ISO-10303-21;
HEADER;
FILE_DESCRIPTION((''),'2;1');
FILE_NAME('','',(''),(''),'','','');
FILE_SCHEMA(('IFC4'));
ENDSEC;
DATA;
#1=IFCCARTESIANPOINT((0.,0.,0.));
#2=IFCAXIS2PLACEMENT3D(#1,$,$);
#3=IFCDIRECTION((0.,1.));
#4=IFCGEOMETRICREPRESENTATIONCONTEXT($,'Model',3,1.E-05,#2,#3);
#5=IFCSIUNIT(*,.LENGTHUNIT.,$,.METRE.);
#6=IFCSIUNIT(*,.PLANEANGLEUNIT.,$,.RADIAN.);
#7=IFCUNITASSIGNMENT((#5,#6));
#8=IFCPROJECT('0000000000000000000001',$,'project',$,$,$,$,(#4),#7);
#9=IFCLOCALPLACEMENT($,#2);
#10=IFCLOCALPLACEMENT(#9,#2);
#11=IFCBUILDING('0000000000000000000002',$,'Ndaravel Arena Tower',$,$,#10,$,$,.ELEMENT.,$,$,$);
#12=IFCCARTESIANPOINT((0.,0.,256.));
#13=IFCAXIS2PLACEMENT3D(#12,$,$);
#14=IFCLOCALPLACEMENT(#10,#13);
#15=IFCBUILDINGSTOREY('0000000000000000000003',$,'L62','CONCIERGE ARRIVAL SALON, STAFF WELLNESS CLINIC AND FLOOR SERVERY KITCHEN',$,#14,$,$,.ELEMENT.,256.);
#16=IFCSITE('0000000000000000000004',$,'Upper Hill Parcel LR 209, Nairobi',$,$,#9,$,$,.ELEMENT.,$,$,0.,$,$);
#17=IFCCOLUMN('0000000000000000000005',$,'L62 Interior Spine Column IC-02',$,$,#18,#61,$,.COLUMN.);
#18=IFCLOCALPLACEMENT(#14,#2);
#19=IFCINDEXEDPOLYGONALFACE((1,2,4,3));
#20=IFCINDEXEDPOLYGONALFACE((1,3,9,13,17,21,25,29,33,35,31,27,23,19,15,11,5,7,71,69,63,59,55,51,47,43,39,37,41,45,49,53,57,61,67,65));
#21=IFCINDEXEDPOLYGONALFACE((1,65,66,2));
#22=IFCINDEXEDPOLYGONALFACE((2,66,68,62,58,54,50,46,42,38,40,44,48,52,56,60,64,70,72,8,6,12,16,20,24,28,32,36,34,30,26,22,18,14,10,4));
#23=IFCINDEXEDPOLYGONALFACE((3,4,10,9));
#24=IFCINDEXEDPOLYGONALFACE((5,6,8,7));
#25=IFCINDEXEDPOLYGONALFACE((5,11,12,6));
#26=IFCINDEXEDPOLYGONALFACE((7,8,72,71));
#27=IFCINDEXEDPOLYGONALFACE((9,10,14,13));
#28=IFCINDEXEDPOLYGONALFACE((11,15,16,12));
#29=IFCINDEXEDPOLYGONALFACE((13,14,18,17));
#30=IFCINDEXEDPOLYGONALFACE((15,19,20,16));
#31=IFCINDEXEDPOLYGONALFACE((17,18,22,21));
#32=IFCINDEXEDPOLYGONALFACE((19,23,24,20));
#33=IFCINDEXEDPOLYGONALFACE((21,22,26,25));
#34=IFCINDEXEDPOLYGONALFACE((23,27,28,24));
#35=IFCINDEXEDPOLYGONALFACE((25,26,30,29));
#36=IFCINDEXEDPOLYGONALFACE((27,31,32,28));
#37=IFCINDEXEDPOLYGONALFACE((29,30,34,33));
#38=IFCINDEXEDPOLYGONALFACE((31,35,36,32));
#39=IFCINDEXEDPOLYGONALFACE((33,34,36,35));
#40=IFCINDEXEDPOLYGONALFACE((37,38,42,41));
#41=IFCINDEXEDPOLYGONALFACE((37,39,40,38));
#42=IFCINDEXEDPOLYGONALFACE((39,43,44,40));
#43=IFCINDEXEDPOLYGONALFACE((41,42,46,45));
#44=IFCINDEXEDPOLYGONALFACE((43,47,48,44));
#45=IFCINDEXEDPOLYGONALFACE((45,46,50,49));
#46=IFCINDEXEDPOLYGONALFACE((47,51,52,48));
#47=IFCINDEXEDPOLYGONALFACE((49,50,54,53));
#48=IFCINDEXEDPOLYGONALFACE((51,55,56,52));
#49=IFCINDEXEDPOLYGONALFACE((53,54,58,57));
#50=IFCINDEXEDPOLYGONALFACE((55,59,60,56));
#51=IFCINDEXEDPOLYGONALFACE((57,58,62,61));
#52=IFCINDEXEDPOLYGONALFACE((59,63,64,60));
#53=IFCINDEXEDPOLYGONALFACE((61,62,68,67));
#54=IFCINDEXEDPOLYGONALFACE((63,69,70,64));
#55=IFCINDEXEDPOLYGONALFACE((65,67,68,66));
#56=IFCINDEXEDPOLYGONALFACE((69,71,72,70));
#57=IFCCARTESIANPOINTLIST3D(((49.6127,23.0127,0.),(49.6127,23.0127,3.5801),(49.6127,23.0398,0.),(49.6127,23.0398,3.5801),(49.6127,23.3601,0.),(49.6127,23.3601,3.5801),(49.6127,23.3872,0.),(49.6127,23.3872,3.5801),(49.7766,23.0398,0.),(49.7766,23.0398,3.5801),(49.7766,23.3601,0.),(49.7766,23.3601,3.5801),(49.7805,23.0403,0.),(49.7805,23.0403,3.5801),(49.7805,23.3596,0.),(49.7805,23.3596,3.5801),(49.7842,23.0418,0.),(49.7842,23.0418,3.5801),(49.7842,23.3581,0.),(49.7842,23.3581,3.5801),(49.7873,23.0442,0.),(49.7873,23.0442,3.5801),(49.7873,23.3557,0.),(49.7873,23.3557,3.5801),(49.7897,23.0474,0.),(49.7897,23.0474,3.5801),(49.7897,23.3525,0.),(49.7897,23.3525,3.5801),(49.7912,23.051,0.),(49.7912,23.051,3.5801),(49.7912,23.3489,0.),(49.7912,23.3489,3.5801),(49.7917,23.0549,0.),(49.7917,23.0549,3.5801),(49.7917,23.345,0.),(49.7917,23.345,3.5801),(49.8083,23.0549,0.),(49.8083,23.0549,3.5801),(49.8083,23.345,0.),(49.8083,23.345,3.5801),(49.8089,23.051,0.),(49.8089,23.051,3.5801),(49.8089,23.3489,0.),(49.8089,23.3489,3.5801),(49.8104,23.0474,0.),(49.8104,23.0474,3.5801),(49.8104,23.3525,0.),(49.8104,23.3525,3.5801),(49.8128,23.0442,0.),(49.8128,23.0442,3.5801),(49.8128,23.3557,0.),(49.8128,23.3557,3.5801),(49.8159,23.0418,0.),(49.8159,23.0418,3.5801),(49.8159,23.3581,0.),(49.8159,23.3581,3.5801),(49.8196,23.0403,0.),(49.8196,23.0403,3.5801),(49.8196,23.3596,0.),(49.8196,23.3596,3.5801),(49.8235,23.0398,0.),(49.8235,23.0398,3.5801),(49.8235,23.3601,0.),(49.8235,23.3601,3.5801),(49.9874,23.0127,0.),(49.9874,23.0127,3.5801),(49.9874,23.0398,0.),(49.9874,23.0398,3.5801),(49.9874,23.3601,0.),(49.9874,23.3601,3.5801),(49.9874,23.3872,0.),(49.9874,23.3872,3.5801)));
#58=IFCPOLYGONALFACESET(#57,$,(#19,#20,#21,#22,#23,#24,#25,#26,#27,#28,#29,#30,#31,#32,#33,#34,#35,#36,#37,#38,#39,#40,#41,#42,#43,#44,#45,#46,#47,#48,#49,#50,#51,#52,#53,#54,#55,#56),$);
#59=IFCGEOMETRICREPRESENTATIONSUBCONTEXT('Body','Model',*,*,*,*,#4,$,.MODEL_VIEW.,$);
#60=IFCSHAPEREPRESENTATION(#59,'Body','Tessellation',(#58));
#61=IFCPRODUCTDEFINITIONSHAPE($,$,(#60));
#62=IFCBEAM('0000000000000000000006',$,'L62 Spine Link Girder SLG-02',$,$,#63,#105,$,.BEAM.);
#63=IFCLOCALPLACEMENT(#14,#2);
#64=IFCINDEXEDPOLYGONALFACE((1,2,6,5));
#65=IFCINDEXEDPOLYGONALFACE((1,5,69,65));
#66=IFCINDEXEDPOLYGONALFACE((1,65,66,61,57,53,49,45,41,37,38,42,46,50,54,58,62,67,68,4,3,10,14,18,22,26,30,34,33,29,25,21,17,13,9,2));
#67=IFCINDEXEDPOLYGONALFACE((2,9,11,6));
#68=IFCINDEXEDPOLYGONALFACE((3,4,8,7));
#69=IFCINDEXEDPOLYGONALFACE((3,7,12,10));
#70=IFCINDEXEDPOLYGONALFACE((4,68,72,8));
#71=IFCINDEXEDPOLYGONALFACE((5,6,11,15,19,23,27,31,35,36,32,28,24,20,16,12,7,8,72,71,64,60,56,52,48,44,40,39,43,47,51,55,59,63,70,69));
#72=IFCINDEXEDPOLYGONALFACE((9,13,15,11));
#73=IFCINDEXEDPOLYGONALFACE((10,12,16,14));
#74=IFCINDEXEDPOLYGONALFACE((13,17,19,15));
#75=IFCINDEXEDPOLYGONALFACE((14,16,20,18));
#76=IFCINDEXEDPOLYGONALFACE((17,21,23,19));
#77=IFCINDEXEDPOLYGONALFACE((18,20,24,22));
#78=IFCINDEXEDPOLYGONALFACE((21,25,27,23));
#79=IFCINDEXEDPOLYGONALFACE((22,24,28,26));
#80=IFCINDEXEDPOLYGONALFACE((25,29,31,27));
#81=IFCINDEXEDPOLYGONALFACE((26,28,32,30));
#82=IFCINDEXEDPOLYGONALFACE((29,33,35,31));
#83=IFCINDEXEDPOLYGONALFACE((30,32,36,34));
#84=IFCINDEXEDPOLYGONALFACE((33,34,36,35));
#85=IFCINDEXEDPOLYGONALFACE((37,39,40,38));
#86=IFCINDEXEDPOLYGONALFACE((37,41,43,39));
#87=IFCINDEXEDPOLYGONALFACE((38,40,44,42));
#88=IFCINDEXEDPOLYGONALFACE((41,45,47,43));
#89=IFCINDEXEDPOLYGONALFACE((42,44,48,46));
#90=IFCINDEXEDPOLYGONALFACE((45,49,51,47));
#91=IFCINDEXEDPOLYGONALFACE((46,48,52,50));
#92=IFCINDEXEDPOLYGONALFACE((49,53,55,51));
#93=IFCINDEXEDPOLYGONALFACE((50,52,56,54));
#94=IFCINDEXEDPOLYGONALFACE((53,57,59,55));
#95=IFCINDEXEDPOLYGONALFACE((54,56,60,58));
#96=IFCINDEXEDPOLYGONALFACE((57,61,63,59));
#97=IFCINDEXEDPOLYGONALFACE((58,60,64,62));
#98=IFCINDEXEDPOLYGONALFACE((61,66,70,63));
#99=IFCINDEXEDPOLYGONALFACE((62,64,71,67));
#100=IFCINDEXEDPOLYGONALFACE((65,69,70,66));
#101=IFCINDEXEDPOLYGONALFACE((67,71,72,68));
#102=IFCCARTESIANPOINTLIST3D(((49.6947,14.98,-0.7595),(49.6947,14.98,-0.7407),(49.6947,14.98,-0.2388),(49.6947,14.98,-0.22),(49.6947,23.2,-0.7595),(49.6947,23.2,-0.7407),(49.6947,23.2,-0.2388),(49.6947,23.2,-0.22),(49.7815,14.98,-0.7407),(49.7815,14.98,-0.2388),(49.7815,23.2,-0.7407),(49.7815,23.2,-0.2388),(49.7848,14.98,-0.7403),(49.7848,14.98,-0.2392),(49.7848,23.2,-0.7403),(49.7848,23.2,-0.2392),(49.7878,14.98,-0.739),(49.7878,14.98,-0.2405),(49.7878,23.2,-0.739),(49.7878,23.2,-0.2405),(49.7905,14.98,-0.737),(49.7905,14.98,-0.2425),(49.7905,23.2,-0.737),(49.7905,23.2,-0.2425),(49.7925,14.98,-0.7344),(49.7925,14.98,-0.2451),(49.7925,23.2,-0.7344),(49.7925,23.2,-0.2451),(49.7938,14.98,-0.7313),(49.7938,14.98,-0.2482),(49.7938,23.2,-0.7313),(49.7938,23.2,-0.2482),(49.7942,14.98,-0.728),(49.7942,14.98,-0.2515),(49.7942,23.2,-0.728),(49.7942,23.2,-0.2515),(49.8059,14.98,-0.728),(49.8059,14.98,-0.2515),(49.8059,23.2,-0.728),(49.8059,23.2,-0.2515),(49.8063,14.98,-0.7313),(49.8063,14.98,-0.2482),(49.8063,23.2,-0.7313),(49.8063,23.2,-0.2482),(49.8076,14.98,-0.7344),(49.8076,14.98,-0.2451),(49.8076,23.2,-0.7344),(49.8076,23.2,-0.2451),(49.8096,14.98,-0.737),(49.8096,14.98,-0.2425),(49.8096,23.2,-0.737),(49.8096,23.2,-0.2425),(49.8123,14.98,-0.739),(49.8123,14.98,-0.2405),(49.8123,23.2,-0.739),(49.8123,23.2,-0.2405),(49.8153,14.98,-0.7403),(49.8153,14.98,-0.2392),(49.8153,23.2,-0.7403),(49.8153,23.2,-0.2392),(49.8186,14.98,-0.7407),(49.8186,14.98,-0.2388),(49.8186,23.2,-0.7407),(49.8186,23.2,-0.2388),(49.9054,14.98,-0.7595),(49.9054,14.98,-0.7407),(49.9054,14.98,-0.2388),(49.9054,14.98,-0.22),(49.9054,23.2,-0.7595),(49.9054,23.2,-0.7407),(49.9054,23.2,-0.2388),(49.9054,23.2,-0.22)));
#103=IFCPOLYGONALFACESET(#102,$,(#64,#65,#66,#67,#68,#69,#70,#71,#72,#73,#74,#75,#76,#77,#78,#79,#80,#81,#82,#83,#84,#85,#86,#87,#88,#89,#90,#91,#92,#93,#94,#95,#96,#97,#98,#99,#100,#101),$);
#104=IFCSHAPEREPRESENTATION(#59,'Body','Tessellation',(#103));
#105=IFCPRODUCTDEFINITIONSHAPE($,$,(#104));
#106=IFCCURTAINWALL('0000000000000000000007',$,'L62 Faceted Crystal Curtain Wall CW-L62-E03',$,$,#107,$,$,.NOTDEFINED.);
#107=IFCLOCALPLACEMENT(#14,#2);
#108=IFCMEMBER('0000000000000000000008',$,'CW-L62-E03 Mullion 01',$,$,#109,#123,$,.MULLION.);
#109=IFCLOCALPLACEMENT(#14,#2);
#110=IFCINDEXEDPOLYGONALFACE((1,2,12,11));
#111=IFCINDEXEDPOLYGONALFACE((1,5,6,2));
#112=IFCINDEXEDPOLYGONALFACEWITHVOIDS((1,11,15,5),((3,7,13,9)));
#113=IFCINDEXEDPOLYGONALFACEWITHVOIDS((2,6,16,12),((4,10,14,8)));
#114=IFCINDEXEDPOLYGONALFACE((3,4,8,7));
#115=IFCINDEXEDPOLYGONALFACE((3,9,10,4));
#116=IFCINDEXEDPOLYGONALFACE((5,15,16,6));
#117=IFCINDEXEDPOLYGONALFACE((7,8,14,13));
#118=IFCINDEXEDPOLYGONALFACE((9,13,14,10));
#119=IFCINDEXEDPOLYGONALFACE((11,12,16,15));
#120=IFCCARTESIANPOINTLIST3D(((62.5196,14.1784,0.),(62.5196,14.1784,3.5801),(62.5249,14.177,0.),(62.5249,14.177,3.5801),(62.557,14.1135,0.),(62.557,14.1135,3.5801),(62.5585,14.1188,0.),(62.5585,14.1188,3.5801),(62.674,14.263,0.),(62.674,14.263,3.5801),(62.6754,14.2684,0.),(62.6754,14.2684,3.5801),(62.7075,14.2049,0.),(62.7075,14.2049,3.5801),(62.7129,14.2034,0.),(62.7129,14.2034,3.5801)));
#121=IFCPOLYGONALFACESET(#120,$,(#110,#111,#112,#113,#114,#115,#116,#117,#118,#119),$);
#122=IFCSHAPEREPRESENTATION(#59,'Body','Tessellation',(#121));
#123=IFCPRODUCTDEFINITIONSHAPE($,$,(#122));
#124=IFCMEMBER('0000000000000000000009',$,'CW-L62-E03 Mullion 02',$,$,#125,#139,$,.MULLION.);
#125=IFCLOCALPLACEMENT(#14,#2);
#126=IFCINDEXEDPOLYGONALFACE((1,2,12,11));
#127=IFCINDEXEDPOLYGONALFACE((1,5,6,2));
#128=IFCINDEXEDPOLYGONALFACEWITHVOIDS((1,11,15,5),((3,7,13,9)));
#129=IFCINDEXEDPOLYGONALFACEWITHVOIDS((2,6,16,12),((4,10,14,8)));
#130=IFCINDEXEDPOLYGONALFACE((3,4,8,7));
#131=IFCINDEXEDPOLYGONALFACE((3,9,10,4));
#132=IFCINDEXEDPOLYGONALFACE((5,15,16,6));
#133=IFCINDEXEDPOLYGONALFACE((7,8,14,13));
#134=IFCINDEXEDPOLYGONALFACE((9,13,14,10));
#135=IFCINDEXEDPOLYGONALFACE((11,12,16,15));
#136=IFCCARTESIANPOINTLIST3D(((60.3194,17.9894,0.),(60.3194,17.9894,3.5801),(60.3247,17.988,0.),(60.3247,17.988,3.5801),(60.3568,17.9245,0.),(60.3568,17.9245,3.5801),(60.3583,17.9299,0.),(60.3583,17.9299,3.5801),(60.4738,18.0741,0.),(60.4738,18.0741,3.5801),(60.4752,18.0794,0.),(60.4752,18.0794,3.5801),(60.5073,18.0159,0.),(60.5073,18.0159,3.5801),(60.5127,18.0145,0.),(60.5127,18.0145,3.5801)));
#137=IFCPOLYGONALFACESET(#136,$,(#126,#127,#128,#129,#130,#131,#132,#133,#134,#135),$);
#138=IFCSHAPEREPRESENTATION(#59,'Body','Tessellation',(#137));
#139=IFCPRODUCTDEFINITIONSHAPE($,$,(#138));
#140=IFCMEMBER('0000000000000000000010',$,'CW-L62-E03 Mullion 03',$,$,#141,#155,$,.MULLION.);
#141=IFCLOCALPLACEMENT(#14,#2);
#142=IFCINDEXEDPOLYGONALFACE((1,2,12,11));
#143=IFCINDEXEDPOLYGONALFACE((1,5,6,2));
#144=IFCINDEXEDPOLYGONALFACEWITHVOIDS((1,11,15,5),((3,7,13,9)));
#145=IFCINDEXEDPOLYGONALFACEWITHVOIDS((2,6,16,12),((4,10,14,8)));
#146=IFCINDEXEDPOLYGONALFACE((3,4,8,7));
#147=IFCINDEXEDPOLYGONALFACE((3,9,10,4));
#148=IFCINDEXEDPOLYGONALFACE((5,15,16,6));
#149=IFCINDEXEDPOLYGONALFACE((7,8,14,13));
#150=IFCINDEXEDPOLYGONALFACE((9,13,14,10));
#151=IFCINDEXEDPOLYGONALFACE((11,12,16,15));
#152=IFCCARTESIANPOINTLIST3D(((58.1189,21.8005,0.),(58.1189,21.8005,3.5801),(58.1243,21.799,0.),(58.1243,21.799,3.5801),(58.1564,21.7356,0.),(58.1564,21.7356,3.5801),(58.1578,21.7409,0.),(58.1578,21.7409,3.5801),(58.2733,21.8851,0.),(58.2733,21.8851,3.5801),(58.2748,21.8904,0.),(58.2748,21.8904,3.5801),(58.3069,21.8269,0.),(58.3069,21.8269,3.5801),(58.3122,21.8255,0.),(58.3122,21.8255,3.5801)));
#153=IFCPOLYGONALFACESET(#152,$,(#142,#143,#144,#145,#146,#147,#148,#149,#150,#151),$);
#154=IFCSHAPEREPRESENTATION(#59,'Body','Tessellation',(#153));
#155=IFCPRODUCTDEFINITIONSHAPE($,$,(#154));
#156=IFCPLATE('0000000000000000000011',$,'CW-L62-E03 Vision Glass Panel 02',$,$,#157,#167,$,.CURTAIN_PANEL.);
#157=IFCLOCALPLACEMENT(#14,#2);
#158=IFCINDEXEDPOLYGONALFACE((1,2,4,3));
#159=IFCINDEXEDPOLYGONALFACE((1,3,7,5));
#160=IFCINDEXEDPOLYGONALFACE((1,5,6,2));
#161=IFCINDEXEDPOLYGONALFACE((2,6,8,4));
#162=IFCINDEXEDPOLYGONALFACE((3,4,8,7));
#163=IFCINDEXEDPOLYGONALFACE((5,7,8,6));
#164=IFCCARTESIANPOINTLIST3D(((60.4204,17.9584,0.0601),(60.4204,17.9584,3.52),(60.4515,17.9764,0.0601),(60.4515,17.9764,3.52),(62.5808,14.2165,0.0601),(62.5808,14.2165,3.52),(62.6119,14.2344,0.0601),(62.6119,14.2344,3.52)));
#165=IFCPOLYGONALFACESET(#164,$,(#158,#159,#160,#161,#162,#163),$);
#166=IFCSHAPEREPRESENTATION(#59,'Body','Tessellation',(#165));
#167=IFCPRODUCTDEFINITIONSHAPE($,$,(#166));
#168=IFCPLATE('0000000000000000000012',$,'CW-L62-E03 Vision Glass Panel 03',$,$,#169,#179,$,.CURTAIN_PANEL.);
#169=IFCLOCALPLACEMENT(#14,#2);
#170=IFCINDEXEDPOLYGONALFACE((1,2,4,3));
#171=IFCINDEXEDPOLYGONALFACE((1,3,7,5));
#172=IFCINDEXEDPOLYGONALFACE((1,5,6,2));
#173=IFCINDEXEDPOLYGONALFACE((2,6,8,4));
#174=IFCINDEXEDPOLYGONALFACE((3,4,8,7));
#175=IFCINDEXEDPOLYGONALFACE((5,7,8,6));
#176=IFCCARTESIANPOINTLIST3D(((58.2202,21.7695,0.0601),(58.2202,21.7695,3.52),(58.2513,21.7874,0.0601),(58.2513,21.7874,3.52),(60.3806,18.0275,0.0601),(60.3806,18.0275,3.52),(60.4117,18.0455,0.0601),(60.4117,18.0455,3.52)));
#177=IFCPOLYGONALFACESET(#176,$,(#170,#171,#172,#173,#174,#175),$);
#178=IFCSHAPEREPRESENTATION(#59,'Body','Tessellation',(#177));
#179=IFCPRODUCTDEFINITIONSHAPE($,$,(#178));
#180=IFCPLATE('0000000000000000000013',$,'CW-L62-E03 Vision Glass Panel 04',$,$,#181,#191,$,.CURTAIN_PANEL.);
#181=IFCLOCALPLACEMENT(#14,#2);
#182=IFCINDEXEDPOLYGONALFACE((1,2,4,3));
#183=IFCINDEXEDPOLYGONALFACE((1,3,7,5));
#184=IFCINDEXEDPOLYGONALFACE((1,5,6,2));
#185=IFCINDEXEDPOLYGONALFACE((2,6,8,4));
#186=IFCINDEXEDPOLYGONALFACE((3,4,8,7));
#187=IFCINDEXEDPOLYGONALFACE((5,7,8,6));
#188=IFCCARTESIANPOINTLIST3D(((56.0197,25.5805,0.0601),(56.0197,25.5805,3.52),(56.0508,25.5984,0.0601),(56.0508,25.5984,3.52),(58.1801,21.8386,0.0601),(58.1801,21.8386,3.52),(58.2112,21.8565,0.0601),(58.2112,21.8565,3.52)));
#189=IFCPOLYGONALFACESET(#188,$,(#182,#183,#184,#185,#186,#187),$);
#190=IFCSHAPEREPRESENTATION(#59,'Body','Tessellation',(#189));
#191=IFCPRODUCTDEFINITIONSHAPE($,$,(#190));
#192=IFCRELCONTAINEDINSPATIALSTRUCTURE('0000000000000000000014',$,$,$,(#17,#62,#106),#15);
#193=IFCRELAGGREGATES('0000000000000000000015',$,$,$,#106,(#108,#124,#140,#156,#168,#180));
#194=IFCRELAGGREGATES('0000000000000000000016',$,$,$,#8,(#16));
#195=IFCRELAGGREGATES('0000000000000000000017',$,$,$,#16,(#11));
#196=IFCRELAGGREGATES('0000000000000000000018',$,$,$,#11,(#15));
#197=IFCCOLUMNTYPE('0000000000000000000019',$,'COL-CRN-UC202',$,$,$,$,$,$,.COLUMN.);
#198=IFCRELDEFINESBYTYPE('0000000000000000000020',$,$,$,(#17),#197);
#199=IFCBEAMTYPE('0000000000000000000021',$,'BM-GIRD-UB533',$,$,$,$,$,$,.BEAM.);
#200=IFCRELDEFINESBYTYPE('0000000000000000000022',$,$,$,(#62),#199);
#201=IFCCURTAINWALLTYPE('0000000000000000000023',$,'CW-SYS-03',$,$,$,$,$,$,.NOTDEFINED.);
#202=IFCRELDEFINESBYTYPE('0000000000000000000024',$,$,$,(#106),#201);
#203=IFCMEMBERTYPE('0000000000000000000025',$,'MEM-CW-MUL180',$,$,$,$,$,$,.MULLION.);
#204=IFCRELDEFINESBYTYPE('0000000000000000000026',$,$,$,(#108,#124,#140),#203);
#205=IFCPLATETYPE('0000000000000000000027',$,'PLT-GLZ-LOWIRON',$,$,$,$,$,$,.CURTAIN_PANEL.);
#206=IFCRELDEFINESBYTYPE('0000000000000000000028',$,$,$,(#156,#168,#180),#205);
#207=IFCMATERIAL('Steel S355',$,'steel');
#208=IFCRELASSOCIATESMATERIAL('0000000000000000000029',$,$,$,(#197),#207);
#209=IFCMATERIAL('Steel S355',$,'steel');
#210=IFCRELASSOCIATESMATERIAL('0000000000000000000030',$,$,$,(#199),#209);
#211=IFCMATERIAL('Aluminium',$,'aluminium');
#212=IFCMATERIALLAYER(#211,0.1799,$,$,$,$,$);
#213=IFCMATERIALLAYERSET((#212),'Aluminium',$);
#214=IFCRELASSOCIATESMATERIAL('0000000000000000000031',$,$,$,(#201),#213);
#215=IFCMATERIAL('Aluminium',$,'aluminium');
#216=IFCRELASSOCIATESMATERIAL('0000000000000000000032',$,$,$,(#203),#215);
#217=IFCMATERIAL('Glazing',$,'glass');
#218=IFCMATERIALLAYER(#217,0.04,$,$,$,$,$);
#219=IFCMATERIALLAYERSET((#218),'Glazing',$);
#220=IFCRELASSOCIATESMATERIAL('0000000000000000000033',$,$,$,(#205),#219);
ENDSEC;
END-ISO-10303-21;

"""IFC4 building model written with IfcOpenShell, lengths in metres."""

from ifc_helpers import new_model, si_unit, direction, frame, origin, origin_2d, place, context, subcontext, project, spatial, rectangle, hollow_rectangle, i_section, extrude, material, layer, layer_set, material_profile, profile_set, type_object, element, aggregate, save


model = new_model("IFC4")

# Units and contexts
model_context = context("Model", 3, precision=1e-05, world=origin(), true_north=direction((0.0, 1.0)))
body_context = subcontext(model_context, "Body", "Model", "MODEL_VIEW")
ifc_project = project(units=[si_unit("LENGTHUNIT", "METRE"), si_unit("PLANEANGLEUNIT", "RADIAN")], contexts=[model_context])

# Site, building, storey
site_placement = place(None, origin())
site = spatial("IfcSite", under=ifc_project, at=site_placement, Name="Upper Hill Parcel LR 209, Nairobi", CompositionType="ELEMENT", RefElevation=0.0)
building_placement = place(site_placement, origin())
building = spatial("IfcBuilding", under=site, at=building_placement, Name="Ndaravel Arena Tower", CompositionType="ELEMENT")
storey_placement = place(building_placement, frame((0.0, 0.0, 256.0)))
storey = spatial("IfcBuildingStorey", under=building, at=storey_placement, Name="L62", Description="CONCIERGE ARRIVAL SALON, STAFF WELLNESS CLINIC AND FLOOR SERVERY KITCHEN", CompositionType="ELEMENT", Elevation=256.0)

# Column
ifc_material_1 = material(Name="Steel S355", Category="steel")
ifc_material_profile_1 = material_profile(ifc_material_1, i_section(OverallWidth=0.3748, OverallDepth=0.3745, WebThickness=0.0166, FlangeThickness=0.0271, FilletRadius=0.0151, at=origin_2d()), Name="UC 356x368x202")
ifc_profile_set_1 = profile_set([ifc_material_profile_1], Name="Steel S355")
column_type = type_object("IfcColumnType", Name="COL-CRN-UC202", PredefinedType="COLUMN", material=ifc_profile_set_1)
column_placement = place(storey_placement, frame((49.8, 23.2, 0.0), z_axis=(0.0, 0.0, 1.0), x_axis=(1.0, 0.0, 0.0)))
element("IfcColumn", 1, at=column_placement, inside=storey, type_object=column_type, Name="L62 Interior Spine Column IC-02", PredefinedType="COLUMN", context=body_context, shape_type="SweptSolid", body=[
    extrude(i_section(OverallWidth=0.3748, OverallDepth=0.3745, WebThickness=0.0166, FlangeThickness=0.0271, FilletRadius=0.0151, at=origin_2d()), origin(), (0.0, 0.0, 1.0), 3.5801),
])

# Beam
ifc_material_2 = material(Name="Steel S355", Category="steel")
ifc_material_profile_2 = material_profile(ifc_material_2, i_section(OverallWidth=0.2107, OverallDepth=0.5396, WebThickness=0.0117, FlangeThickness=0.0188, FilletRadius=0.0127, at=origin_2d()), Name="UB 533x210x109")
ifc_profile_set_2 = profile_set([ifc_material_profile_2], Name="Steel S355")
beam_type = type_object("IfcBeamType", Name="BM-GIRD-UB533", PredefinedType="BEAM", material=ifc_profile_set_2)
beam_placement = place(storey_placement, frame((49.8, 14.98, -0.4897), z_axis=(0.0, 1.0, 0.0), x_axis=(-1.0, 0.0, 0.0)))
element("IfcBeam", 2, at=beam_placement, inside=storey, type_object=beam_type, Name="L62 Spine Link Girder SLG-02", PredefinedType="BEAM", context=body_context, shape_type="SweptSolid", body=[
    extrude(i_section(OverallWidth=0.2107, OverallDepth=0.5396, WebThickness=0.0117, FlangeThickness=0.0188, FilletRadius=0.0127, at=origin_2d()), origin(), (0.0, 0.0, 1.0), 8.22),
])

# Curtain wall, members, plates
ifc_material_3 = material(Name="Aluminium", Category="aluminium")
ifc_layer_1 = layer(ifc_material_3, 0.1799)
ifc_layer_set_1 = layer_set([ifc_layer_1], Name="Aluminium")
curtain_wall_type = type_object("IfcCurtainWallType", Name="CW-SYS-03", PredefinedType="NOTDEFINED", material=ifc_layer_set_1)
curtain_wall_placement = place(storey_placement, origin())
curtain_wall = element("IfcCurtainWall", 3, at=curtain_wall_placement, inside=storey, type_object=curtain_wall_type, Name="L62 Faceted Crystal Curtain Wall CW-L62-E03", PredefinedType="NOTDEFINED")
ifc_material_4 = material(Name="Aluminium", Category="aluminium")
ifc_material_profile_3 = material_profile(ifc_material_4, hollow_rectangle(XDim=0.075, YDim=0.1799, WallThickness=0.0039, at=origin_2d()), Name="CW MULLION 75x180x4")
ifc_profile_set_3 = profile_set([ifc_material_profile_3], Name="Aluminium")
member_type = type_object("IfcMemberType", Name="MEM-CW-MUL180", PredefinedType="MULLION", material=ifc_profile_set_3)
member_1_placement = place(storey_placement, frame((62.6162, 14.1909, 0.0), z_axis=(0.0, 0.0, 1.0), x_axis=(-0.5, 0.866025, 0.0)))
member_1 = element("IfcMember", 4, at=member_1_placement, type_object=member_type, Name="CW-L62-E03 Mullion 01", PredefinedType="MULLION", context=body_context, shape_type="SweptSolid", body=[
    extrude(hollow_rectangle(XDim=0.075, YDim=0.1799, WallThickness=0.0039, at=origin_2d()), origin(), (0.0, 0.0, 1.0), 3.5801),
])
member_2_placement = place(storey_placement, frame((60.416, 18.002, 0.0), z_axis=(0.0, 0.0, 1.0), x_axis=(-0.5, 0.866025, 0.0)))
member_2 = element("IfcMember", 5, at=member_2_placement, type_object=member_type, Name="CW-L62-E03 Mullion 02", PredefinedType="MULLION", context=body_context, shape_type="SweptSolid", body=[
    extrude(hollow_rectangle(XDim=0.075, YDim=0.1799, WallThickness=0.0039, at=origin_2d()), origin(), (0.0, 0.0, 1.0), 3.5801),
])
member_3_placement = place(storey_placement, frame((58.2156, 21.813, 0.0), z_axis=(0.0, 0.0, 1.0), x_axis=(-0.5, 0.866025, 0.0)))
member_3 = element("IfcMember", 6, at=member_3_placement, type_object=member_type, Name="CW-L62-E03 Mullion 03", PredefinedType="MULLION", context=body_context, shape_type="SweptSolid", body=[
    extrude(hollow_rectangle(XDim=0.075, YDim=0.1799, WallThickness=0.0039, at=origin_2d()), origin(), (0.0, 0.0, 1.0), 3.5801),
])
ifc_material_5 = material(Name="Glazing", Category="glass")
ifc_layer_2 = layer(ifc_material_5, 0.04)
ifc_layer_set_2 = layer_set([ifc_layer_2], Name="Glazing")
plate_type = type_object("IfcPlateType", Name="PLT-GLZ-LOWIRON", PredefinedType="CURTAIN_PANEL", material=ifc_layer_set_2)
plate_1_placement = place(storey_placement, frame((61.5161, 16.0964, 0.0601), z_axis=(0.0, 0.0, 1.0), x_axis=(-0.5, 0.866025, 0.0)))
plate_1 = element("IfcPlate", 7, at=plate_1_placement, type_object=plate_type, Name="CW-L62-E03 Vision Glass Panel 02", PredefinedType="CURTAIN_PANEL", context=body_context, shape_type="SweptSolid", body=[
    extrude(rectangle(XDim=4.3208, YDim=0.0359, at=origin_2d()), origin(), (0.0, 0.0, 1.0), 3.46),
])
plate_2_placement = place(storey_placement, frame((59.3159, 19.9075, 0.0601), z_axis=(0.0, 0.0, 1.0), x_axis=(-0.5, 0.866025, 0.0)))
plate_2 = element("IfcPlate", 8, at=plate_2_placement, type_object=plate_type, Name="CW-L62-E03 Vision Glass Panel 03", PredefinedType="CURTAIN_PANEL", context=body_context, shape_type="SweptSolid", body=[
    extrude(rectangle(XDim=4.3208, YDim=0.0359, at=origin_2d()), origin(), (0.0, 0.0, 1.0), 3.46),
])
plate_3_placement = place(storey_placement, frame((57.1155, 23.7185, 0.0601), z_axis=(0.0, 0.0, 1.0), x_axis=(-0.5, 0.866025, 0.0)))
plate_3 = element("IfcPlate", 9, at=plate_3_placement, type_object=plate_type, Name="CW-L62-E03 Vision Glass Panel 04", PredefinedType="CURTAIN_PANEL", context=body_context, shape_type="SweptSolid", body=[
    extrude(rectangle(XDim=4.3208, YDim=0.0359, at=origin_2d()), origin(), (0.0, 0.0, 1.0), 3.46),
])
aggregate(curtain_wall, [member_1, member_2, member_3, plate_1, plate_2, plate_3])

save(model, "model.ifc")
